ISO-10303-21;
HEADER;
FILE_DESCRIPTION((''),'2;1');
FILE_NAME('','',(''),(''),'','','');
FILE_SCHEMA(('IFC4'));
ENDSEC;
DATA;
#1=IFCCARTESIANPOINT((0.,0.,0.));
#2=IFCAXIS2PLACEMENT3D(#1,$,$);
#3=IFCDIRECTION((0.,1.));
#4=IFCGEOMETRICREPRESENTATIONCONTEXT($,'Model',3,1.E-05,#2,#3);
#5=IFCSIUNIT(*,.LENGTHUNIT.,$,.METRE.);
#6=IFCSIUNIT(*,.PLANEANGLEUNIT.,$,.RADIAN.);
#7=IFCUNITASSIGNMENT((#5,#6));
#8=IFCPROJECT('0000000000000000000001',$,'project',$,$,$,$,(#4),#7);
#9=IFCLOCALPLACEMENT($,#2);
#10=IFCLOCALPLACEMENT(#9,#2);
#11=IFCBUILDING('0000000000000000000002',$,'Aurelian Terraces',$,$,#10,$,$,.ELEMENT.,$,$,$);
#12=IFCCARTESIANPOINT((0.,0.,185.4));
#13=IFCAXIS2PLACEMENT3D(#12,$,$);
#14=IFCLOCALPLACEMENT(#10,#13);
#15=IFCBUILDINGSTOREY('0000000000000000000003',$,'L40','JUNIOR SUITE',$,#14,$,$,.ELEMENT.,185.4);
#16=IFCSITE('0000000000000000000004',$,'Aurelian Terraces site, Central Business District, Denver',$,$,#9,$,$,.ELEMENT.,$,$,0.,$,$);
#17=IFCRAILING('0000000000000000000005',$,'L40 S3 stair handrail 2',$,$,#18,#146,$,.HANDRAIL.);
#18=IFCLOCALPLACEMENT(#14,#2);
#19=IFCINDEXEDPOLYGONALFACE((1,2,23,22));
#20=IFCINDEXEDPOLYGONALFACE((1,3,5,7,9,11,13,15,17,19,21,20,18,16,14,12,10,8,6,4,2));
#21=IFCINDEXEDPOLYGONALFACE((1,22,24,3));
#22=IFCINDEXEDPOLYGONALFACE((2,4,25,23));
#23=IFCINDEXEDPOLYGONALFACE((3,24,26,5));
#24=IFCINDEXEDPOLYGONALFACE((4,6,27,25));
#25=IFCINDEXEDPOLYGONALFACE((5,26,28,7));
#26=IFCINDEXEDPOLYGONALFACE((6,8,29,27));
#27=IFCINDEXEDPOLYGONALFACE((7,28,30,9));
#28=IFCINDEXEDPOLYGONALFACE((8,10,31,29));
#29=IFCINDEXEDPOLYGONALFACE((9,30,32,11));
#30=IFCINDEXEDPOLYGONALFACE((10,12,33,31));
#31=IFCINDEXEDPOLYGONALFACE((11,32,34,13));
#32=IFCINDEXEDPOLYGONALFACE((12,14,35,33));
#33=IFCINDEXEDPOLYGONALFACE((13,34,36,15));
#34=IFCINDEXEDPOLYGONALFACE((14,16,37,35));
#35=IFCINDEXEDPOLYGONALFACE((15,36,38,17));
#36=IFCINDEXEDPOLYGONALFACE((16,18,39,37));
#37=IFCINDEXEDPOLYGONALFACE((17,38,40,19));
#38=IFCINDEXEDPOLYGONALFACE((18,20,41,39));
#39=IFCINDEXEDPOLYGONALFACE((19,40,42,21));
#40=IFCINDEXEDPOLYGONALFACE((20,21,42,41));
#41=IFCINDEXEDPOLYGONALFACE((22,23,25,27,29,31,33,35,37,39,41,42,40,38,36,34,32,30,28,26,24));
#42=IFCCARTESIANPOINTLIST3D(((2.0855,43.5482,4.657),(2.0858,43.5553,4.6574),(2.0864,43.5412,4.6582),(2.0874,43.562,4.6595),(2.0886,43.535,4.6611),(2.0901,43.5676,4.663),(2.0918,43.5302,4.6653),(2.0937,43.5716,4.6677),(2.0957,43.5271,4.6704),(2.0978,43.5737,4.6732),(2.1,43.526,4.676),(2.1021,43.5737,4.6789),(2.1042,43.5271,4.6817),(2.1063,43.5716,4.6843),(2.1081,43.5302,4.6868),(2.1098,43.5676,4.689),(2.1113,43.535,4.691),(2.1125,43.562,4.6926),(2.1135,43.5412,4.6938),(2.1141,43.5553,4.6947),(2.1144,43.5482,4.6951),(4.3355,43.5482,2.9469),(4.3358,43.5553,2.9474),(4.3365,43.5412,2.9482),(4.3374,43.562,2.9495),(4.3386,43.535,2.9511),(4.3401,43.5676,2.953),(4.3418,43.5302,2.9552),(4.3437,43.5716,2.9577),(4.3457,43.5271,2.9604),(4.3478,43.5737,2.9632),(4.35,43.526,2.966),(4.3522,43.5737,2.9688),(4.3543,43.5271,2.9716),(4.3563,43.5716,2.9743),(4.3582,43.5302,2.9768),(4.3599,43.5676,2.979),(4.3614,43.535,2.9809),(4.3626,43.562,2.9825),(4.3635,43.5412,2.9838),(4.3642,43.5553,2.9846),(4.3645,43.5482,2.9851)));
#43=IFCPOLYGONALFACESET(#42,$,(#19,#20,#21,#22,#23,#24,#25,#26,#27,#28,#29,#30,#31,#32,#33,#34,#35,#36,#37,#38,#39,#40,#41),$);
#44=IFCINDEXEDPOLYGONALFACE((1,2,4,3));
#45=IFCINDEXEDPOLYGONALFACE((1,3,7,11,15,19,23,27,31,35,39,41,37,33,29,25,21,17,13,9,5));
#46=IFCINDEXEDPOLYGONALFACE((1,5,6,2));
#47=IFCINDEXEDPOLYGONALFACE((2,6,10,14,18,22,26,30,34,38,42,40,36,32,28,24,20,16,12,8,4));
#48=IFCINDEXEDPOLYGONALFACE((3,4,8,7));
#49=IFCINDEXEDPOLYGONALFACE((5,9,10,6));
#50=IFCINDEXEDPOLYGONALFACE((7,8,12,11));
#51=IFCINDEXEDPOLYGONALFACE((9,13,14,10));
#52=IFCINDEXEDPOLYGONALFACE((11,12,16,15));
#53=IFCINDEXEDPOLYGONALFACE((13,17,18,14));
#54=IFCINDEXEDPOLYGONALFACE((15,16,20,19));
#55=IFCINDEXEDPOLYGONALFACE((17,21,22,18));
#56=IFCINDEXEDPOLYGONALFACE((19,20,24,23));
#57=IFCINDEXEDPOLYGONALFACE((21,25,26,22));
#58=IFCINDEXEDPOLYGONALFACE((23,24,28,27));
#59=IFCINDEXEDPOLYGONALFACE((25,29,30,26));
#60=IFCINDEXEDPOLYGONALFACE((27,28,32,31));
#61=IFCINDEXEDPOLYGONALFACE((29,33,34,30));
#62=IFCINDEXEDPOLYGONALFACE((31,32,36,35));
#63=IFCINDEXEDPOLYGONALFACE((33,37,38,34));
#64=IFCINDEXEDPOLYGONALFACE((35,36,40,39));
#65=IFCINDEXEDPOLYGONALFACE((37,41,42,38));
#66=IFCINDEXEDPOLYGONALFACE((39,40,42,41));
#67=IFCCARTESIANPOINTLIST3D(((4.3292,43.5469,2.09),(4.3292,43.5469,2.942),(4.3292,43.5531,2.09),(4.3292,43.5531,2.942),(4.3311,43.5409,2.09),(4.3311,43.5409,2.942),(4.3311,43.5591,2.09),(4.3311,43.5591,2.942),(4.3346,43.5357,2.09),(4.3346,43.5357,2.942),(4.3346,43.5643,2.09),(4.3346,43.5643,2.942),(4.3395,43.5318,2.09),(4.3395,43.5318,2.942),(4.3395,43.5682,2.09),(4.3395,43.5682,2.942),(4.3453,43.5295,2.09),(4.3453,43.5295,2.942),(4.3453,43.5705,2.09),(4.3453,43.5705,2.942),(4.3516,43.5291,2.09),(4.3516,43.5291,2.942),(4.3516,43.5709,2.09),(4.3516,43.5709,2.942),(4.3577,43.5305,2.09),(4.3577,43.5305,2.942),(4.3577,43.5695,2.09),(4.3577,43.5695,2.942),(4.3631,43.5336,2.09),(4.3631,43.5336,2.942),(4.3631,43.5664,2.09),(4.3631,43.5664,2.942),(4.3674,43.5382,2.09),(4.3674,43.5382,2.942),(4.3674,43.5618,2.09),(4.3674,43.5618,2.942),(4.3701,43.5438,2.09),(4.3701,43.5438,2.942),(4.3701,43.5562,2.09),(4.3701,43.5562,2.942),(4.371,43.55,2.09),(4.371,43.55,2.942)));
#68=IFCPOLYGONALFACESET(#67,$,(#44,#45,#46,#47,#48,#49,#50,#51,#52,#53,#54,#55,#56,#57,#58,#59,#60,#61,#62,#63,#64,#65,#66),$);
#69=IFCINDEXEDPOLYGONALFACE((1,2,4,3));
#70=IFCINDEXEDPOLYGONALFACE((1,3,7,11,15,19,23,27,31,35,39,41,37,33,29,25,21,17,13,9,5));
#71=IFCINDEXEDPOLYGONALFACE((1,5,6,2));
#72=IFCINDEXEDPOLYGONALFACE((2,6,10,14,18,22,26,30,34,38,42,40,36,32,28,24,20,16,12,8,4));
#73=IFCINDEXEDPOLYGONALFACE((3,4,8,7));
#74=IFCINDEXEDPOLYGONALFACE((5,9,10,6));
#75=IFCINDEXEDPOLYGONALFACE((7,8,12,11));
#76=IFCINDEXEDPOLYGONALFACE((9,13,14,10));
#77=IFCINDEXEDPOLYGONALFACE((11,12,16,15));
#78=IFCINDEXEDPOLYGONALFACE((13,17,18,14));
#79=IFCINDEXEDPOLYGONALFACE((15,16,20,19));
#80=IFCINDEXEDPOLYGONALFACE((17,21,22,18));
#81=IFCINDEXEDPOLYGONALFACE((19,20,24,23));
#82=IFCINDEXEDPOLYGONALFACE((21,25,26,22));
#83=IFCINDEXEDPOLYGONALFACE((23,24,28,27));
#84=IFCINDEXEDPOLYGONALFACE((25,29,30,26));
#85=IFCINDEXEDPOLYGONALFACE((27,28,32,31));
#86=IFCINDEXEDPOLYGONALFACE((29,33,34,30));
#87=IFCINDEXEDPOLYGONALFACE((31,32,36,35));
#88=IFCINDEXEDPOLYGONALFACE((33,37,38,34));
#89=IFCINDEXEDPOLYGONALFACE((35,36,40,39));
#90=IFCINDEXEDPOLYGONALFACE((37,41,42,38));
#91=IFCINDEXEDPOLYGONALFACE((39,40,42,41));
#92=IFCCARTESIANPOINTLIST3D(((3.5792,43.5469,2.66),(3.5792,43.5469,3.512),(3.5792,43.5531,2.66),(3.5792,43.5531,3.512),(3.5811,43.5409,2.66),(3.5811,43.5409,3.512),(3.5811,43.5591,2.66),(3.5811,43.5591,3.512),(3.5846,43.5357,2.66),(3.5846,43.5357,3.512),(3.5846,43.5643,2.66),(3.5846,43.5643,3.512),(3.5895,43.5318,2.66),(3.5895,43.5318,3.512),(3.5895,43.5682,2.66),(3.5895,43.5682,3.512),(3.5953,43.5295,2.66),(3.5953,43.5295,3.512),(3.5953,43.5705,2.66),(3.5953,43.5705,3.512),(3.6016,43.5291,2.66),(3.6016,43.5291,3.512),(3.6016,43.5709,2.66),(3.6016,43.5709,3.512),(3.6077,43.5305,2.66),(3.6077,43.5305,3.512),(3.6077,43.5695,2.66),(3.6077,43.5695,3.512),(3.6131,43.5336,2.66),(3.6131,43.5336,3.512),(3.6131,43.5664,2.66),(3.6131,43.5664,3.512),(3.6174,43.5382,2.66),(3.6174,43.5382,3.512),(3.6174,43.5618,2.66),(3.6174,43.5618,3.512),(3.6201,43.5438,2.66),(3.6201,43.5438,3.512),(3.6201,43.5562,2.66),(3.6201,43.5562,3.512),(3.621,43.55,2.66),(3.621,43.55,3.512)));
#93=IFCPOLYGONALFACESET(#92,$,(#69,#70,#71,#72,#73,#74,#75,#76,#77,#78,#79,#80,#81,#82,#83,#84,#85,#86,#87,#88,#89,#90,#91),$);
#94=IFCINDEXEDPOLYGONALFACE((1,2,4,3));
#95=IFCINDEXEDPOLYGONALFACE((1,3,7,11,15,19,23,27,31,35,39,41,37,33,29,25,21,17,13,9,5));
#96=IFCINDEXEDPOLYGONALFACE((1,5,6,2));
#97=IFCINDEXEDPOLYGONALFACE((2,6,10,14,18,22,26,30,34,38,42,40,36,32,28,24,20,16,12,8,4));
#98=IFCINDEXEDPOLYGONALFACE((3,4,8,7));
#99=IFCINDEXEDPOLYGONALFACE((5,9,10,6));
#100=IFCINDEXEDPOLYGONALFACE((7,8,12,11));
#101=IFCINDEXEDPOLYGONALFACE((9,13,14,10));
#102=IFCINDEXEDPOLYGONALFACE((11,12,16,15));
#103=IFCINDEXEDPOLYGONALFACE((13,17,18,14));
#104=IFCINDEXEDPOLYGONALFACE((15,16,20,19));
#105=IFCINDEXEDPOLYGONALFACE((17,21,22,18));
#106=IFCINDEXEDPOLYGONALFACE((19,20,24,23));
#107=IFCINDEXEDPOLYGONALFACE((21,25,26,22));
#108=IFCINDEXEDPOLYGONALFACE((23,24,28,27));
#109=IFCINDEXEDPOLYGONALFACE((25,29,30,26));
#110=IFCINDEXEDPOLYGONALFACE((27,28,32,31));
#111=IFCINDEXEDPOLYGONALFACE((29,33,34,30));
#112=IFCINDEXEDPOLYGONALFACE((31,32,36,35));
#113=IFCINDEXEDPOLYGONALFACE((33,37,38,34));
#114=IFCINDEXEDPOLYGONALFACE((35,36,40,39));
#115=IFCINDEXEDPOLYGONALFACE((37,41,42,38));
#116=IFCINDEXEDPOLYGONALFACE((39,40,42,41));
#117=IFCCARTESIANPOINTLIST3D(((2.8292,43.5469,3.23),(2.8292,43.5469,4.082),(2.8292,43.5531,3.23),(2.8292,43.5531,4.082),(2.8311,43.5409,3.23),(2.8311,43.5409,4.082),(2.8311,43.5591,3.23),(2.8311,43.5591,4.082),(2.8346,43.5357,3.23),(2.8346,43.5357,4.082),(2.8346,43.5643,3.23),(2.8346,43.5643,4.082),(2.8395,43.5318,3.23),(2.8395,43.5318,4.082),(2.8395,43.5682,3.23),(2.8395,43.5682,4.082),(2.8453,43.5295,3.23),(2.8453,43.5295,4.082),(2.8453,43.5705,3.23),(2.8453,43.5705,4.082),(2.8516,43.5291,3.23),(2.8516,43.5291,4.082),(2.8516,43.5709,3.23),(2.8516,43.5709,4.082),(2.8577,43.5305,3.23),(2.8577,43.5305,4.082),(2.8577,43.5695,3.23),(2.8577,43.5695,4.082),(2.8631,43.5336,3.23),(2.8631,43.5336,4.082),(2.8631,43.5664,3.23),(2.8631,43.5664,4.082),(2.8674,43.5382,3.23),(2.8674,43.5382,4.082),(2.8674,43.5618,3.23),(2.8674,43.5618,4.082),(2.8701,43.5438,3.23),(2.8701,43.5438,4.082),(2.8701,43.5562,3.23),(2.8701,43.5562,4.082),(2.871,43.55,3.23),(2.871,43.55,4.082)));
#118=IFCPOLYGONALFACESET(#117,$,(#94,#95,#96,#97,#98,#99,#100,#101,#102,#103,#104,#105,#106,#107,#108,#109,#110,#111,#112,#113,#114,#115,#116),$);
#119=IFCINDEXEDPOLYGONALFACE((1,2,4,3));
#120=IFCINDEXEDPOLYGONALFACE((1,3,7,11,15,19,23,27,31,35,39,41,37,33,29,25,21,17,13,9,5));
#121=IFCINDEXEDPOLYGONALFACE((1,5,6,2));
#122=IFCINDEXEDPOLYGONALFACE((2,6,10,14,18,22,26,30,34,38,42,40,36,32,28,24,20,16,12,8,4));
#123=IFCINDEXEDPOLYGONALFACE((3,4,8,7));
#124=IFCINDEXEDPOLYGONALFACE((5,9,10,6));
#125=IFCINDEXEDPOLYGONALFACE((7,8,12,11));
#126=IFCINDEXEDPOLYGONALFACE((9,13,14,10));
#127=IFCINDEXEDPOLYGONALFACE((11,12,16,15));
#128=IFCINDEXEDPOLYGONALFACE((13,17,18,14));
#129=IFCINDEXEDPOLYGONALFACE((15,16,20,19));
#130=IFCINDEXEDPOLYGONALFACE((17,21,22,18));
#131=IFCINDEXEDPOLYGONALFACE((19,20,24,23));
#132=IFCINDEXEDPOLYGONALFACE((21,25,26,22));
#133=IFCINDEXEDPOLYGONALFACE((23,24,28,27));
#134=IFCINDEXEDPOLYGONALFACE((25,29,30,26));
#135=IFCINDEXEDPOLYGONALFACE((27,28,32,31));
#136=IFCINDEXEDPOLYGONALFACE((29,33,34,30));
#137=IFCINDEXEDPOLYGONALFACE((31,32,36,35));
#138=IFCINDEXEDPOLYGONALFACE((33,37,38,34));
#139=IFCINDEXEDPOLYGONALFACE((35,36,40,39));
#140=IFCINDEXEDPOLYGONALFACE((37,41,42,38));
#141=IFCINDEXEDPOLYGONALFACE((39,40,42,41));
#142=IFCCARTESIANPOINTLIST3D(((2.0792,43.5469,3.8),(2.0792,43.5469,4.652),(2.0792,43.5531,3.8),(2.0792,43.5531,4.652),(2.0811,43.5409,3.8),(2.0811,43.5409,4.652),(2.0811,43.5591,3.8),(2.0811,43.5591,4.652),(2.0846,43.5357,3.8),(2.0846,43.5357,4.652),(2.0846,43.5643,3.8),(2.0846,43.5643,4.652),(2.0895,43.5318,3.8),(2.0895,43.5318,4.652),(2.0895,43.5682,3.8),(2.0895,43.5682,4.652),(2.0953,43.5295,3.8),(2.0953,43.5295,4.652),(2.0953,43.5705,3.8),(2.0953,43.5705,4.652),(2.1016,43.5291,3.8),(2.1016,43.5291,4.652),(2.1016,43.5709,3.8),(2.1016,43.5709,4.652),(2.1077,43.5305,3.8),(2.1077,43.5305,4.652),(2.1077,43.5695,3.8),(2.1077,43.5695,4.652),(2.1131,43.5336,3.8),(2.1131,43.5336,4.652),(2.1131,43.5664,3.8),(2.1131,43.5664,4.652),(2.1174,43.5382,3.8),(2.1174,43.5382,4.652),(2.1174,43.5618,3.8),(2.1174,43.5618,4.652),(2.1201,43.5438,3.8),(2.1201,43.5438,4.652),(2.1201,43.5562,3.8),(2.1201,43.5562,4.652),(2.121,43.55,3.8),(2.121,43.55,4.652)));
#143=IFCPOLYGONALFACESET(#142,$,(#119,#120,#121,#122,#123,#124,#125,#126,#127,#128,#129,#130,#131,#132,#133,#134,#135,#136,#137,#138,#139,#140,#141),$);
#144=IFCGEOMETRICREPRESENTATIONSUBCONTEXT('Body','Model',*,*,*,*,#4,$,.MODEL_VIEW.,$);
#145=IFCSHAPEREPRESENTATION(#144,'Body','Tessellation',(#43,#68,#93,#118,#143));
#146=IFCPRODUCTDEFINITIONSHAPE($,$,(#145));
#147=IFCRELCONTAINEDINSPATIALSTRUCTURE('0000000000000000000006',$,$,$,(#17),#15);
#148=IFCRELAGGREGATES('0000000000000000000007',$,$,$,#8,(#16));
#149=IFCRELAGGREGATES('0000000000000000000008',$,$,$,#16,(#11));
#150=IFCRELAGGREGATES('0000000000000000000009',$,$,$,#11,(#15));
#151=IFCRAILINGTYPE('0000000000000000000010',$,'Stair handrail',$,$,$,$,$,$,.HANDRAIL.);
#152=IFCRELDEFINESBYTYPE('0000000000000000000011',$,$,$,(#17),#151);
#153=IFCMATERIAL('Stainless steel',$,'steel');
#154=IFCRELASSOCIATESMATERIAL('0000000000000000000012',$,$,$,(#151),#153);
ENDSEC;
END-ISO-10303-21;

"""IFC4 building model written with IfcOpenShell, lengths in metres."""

from ifc_helpers import new_model, si_unit, direction, frame, origin, origin_2d, place, context, subcontext, project, spatial, circle, extrude, source, transform, mapped, material, type_object, element, save


model = new_model("IFC4")

# Units and contexts
model_context = context("Model", 3, precision=1e-05, world=origin(), true_north=direction((0.0, 1.0)))
body_context = subcontext(model_context, "Body", "Model", "MODEL_VIEW")
ifc_project = project(units=[si_unit("LENGTHUNIT", "METRE"), si_unit("PLANEANGLEUNIT", "RADIAN")], contexts=[model_context])

# Site, building, storey
site_placement = place(None, origin())
site = spatial("IfcSite", under=ifc_project, at=site_placement, Name="Aurelian Terraces site, Central Business District, Denver", CompositionType="ELEMENT", RefElevation=0.0)
building_placement = place(site_placement, origin())
building = spatial("IfcBuilding", under=site, at=building_placement, Name="Aurelian Terraces", CompositionType="ELEMENT")
storey_placement = place(building_placement, frame((0.0, 0.0, 185.4)))
storey = spatial("IfcBuildingStorey", under=building, at=storey_placement, Name="L40", Description="JUNIOR SUITE", CompositionType="ELEMENT", Elevation=185.4)

# Railing
ifc_material_1 = material(Name="Stainless steel", Category="steel")
railing_type_1 = type_object("IfcRailingType", Name="Stair handrail", PredefinedType="HANDRAIL", material=ifc_material_1)
shared_shape_1 = source(origin(), body_context, "Body", "SweptSolid", [
    extrude(circle(Radius=0.024, at=origin_2d()), frame((0.0, 0.0, 0.876), z_axis=(-0.796162, 0.0, 0.605083), x_axis=(0.0, -1.0, 0.0)), (0.0, 0.0, 1.0), 2.8261),
    extrude(circle(Radius=0.021, at=origin_2d()), origin(), (0.0, 0.0, 1.0), 0.852),
    extrude(circle(Radius=0.021, at=origin_2d()), frame((-0.75, 0.0, 0.57)), (0.0, 0.0, 1.0), 0.852),
    extrude(circle(Radius=0.021, at=origin_2d()), frame((-1.5, 0.0, 1.14)), (0.0, 0.0, 1.0), 0.852),
    extrude(circle(Radius=0.021, at=origin_2d()), frame((-2.25, 0.0, 1.71)), (0.0, 0.0, 1.0), 0.852),
])
railing_1_placement = place(storey_placement, frame((4.35, 43.55, 2.09)))
element("IfcRailing", 1, at=railing_1_placement, inside=storey, type_object=railing_type_1, Name="L40 S3 stair handrail 2", PredefinedType="HANDRAIL", context=body_context, shape_type="MappedRepresentation", body=[
    mapped(shared_shape_1, transform((0.0, 0.0, 0.0), scale=1.0)),
])

save(model, "model.ifc")
